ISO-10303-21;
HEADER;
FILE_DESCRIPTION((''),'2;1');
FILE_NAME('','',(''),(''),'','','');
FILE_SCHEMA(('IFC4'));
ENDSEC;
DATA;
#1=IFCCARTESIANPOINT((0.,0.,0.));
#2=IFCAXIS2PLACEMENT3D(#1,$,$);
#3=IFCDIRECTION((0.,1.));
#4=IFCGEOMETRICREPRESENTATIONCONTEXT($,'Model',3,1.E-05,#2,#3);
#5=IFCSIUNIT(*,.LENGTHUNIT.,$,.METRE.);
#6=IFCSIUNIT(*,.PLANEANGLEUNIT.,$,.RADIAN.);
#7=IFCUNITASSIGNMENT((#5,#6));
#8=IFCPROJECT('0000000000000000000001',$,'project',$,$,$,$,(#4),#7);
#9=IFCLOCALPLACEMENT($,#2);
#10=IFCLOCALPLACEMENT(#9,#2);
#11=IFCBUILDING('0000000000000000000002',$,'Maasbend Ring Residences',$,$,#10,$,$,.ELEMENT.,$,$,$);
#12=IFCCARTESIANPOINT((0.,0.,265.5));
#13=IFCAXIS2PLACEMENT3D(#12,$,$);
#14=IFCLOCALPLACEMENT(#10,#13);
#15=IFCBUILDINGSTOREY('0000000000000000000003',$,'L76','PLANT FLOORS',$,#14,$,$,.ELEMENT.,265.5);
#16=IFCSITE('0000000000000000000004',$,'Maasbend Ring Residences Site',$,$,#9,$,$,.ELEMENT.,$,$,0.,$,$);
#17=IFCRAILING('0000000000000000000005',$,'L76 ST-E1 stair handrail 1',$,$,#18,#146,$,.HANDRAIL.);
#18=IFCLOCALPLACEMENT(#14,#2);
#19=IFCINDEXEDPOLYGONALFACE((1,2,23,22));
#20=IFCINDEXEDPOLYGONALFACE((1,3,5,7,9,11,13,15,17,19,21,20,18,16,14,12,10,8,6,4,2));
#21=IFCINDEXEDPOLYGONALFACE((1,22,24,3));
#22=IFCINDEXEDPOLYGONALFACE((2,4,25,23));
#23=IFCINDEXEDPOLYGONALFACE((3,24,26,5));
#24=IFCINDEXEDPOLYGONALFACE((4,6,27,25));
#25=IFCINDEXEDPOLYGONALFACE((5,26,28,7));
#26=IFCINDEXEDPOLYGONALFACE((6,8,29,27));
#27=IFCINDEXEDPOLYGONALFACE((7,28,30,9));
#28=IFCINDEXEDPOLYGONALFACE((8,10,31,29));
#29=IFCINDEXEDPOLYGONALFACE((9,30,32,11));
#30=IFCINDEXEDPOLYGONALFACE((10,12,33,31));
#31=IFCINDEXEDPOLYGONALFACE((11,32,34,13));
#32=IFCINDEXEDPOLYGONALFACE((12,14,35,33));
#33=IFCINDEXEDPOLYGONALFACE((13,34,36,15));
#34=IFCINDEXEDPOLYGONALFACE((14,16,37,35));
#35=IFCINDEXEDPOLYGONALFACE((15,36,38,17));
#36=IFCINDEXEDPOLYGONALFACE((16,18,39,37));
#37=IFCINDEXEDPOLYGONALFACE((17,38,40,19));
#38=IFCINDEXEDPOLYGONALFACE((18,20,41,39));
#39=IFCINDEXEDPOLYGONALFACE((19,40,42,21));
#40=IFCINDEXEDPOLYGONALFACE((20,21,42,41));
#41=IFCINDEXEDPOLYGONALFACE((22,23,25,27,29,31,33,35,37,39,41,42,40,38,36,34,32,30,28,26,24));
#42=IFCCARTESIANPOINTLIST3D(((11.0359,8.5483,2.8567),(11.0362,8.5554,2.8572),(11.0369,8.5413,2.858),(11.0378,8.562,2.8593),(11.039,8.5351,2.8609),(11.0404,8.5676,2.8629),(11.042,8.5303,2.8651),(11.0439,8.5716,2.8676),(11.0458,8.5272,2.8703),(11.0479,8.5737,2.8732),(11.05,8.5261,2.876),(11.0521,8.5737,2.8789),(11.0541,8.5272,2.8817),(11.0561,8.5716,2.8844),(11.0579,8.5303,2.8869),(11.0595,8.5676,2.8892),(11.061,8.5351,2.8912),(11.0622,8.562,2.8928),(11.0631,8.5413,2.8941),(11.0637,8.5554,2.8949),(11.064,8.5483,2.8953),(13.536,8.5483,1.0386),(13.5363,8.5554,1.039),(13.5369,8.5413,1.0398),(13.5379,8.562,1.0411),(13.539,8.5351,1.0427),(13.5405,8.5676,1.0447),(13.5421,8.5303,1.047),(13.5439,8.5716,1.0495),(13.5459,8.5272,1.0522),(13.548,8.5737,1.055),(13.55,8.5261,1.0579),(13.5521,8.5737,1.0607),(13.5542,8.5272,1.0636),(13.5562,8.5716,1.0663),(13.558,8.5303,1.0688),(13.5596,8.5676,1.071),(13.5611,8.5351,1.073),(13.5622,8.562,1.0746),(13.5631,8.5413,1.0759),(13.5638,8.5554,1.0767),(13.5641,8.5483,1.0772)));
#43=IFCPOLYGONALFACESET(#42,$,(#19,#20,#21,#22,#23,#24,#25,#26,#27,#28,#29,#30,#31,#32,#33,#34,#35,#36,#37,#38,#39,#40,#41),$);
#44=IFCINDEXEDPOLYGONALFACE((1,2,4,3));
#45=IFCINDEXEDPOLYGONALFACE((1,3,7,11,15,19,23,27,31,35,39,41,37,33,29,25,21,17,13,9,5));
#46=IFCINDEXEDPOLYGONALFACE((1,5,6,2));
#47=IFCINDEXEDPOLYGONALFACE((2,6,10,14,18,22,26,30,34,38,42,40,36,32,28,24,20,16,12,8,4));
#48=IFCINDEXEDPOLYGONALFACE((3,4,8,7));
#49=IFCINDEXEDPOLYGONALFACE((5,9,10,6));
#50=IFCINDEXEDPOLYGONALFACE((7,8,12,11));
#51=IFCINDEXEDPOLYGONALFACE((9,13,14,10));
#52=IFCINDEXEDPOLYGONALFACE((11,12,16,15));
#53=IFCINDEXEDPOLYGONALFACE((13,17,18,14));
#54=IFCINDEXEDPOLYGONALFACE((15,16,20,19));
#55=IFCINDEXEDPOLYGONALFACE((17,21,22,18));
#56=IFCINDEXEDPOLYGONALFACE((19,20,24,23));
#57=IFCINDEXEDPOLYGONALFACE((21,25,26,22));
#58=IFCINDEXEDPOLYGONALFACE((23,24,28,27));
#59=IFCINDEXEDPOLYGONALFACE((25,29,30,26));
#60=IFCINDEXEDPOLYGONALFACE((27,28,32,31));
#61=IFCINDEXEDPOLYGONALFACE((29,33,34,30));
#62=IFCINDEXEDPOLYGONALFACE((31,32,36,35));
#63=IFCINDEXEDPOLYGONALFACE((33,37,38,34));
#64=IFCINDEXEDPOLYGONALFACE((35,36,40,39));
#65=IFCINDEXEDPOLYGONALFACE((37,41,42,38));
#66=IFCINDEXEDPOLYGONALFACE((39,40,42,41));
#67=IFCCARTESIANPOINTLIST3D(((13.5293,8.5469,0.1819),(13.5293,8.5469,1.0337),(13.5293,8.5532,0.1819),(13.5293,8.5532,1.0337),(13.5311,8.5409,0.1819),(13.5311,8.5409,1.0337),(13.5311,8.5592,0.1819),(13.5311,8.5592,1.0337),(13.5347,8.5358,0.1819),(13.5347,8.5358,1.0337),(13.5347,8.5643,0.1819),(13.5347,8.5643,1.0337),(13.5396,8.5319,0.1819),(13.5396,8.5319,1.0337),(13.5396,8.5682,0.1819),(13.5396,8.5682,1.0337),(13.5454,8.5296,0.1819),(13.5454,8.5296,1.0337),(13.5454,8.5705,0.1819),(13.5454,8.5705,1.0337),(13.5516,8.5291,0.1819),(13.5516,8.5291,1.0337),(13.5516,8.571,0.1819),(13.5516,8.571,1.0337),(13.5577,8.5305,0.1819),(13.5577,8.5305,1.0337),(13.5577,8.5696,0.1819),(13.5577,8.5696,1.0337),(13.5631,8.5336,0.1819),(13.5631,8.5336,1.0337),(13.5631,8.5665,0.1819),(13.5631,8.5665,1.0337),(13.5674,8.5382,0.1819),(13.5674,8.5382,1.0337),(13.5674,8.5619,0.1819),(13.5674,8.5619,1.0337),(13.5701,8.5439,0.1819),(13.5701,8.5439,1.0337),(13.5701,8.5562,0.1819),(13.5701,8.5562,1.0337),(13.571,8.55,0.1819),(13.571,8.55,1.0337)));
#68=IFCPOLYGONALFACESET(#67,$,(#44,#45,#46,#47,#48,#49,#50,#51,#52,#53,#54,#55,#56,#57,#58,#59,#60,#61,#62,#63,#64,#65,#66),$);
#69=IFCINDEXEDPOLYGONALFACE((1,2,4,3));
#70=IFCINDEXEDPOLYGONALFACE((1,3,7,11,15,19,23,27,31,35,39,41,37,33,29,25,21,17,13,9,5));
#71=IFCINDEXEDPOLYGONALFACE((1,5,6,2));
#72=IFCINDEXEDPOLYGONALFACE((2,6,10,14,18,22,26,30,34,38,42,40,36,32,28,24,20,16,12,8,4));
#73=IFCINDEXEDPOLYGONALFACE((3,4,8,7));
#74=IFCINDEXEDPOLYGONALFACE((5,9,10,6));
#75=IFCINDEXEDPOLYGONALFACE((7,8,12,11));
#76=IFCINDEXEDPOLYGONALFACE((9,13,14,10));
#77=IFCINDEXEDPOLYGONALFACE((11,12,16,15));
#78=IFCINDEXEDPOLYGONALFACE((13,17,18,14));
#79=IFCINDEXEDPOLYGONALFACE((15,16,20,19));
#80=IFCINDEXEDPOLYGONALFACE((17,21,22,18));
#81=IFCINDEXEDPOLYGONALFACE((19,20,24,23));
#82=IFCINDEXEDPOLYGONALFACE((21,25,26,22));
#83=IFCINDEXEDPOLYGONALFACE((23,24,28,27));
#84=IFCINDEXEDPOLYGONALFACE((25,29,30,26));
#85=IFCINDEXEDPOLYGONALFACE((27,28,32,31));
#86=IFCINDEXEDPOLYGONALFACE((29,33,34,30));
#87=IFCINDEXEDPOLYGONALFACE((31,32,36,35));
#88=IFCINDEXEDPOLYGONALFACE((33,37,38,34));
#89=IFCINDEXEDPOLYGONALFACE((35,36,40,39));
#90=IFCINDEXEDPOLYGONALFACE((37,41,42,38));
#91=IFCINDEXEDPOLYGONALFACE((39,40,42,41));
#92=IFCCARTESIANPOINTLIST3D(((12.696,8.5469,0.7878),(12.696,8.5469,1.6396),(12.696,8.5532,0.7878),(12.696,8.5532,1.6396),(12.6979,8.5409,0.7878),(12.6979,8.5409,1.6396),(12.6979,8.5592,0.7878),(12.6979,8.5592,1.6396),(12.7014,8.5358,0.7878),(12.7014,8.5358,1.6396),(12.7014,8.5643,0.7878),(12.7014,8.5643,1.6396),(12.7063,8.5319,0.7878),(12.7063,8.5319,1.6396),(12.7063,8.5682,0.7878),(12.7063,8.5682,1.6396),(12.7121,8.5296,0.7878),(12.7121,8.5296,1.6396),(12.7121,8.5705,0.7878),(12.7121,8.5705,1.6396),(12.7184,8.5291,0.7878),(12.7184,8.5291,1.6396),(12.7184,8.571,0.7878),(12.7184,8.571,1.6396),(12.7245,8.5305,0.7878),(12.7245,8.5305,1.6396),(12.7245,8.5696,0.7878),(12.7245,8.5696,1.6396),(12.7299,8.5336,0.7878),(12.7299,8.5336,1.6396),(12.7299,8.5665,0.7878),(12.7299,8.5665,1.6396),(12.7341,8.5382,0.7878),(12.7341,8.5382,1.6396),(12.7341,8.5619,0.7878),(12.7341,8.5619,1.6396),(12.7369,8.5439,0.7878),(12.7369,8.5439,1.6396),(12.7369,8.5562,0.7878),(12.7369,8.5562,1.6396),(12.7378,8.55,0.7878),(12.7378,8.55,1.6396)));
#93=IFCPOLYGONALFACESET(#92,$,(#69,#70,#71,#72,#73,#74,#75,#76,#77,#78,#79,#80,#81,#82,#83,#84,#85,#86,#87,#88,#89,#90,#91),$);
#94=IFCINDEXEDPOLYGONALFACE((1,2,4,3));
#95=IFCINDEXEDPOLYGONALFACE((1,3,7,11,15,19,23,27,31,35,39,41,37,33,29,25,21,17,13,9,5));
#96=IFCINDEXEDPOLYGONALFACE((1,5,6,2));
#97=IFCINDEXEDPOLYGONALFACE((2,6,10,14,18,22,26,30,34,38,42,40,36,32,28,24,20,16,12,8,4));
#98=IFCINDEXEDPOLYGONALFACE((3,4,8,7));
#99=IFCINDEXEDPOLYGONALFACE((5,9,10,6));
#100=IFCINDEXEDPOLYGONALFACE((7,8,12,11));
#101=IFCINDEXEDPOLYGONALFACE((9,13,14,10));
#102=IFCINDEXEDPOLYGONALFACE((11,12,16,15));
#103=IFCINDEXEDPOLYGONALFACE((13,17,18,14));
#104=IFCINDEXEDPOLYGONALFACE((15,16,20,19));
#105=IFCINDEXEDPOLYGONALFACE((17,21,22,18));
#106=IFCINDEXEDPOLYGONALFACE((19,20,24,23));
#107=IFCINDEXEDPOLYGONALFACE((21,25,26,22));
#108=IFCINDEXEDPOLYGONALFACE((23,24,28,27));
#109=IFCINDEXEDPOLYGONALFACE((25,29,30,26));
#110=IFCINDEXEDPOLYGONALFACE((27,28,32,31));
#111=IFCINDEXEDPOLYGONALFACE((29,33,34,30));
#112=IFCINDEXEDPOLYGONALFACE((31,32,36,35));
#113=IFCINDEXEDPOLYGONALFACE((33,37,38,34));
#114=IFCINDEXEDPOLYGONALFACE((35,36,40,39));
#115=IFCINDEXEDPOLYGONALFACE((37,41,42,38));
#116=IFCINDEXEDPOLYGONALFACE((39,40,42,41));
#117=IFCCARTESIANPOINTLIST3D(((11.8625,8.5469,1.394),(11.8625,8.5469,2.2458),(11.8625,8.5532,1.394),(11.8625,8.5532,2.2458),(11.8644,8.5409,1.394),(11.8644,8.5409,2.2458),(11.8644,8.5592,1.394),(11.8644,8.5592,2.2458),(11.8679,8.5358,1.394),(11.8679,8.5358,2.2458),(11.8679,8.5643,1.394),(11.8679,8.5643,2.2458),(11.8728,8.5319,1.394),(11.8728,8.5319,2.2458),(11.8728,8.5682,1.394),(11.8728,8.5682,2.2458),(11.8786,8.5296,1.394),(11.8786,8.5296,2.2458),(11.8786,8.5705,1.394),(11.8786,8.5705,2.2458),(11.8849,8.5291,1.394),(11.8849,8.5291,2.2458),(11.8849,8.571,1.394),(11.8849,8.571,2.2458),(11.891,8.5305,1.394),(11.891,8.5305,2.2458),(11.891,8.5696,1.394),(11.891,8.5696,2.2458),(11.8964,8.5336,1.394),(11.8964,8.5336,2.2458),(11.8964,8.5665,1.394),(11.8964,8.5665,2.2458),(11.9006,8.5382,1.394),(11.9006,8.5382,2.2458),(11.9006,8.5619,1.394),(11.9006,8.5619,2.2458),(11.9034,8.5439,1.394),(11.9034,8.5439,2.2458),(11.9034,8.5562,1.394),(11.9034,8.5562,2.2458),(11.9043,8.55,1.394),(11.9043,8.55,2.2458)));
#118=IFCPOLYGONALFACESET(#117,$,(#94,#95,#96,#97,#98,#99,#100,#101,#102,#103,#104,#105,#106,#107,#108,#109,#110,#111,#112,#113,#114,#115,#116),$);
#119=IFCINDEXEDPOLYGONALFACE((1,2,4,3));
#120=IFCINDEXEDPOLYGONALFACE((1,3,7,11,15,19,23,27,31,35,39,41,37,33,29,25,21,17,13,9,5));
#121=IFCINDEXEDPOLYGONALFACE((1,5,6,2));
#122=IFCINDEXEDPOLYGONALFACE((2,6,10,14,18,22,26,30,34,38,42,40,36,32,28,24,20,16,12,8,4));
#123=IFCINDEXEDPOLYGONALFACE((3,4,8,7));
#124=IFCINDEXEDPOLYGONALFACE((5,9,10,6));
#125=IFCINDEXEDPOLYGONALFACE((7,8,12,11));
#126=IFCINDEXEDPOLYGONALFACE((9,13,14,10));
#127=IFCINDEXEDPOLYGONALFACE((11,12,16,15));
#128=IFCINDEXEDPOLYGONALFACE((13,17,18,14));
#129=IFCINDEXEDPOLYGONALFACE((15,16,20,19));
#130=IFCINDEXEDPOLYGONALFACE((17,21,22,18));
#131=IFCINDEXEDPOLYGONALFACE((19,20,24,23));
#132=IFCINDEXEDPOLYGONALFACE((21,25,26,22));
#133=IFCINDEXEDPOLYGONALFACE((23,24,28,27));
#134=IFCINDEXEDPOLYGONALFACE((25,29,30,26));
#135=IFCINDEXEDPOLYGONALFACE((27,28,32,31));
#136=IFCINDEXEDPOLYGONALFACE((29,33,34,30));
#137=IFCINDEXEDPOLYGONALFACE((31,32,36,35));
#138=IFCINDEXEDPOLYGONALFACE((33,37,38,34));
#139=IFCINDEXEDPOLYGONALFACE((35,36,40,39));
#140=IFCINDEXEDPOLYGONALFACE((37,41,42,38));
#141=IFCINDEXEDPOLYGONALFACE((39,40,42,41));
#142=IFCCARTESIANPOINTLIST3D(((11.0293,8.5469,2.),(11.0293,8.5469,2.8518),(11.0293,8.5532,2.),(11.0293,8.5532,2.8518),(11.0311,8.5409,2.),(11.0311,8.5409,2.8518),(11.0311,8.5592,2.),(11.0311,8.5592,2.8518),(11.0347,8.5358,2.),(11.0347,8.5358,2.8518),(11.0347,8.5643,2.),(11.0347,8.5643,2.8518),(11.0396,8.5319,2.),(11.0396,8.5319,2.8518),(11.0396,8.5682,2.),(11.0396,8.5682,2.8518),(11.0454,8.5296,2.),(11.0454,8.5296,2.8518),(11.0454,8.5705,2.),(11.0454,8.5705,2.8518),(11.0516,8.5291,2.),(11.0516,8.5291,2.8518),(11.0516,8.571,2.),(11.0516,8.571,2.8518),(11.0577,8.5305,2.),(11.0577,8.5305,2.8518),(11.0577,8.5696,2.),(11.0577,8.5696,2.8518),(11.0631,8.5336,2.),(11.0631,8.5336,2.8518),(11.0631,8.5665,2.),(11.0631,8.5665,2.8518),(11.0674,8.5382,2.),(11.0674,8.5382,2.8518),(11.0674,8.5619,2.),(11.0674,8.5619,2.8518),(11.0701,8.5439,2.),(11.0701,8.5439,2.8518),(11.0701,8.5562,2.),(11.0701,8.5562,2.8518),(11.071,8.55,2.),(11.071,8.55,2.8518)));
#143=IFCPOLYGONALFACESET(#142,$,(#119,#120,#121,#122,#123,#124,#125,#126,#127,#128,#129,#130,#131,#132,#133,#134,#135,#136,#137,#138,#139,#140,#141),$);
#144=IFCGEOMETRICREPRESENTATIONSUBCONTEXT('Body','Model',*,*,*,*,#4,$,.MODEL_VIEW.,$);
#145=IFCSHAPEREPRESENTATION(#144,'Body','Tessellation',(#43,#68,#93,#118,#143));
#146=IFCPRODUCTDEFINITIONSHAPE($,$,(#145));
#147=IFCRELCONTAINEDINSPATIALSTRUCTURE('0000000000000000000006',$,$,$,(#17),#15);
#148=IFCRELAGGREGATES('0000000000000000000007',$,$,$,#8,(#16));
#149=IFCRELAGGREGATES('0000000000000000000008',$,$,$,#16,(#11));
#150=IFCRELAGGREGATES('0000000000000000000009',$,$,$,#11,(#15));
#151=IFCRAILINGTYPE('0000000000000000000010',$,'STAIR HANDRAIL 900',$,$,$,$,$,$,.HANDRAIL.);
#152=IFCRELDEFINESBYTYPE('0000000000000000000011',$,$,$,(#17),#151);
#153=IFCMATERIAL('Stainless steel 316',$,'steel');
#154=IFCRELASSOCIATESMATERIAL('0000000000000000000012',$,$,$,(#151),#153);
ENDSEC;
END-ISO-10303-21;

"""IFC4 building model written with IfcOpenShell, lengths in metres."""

from ifc_helpers import new_model, si_unit, direction, frame, origin, origin_2d, place, context, subcontext, project, spatial, circle, extrude, material, type_object, element, save


model = new_model("IFC4")

# Units and contexts
model_context = context("Model", 3, precision=1e-05, world=origin(), true_north=direction((0.0, 1.0)))
body_context = subcontext(model_context, "Body", "Model", "MODEL_VIEW")
ifc_project = project(units=[si_unit("LENGTHUNIT", "METRE"), si_unit("PLANEANGLEUNIT", "RADIAN")], contexts=[model_context])

# Site, building, storey
site_placement = place(None, origin())
site = spatial("IfcSite", under=ifc_project, at=site_placement, Name="Maasbend Ring Residences Site", CompositionType="ELEMENT", RefElevation=0.0)
building_placement = place(site_placement, origin())
building = spatial("IfcBuilding", under=site, at=building_placement, Name="Maasbend Ring Residences", CompositionType="ELEMENT")
storey_placement = place(building_placement, frame((0.0, 0.0, 265.5)))
storey = spatial("IfcBuildingStorey", under=building, at=storey_placement, Name="L76", Description="PLANT FLOORS", CompositionType="ELEMENT", Elevation=265.5)

# Railing
ifc_material_1 = material(Name="Stainless steel 316", Category="steel")
railing_type_1 = type_object("IfcRailingType", Name="STAIR HANDRAIL 900", PredefinedType="HANDRAIL", material=ifc_material_1)
railing_1_placement = place(storey_placement, frame((13.55, 8.55, 0.1819)))
element("IfcRailing", 1, at=railing_1_placement, inside=storey, type_object=railing_type_1, Name="L76 ST-E1 stair handrail 1", PredefinedType="HANDRAIL", context=body_context, shape_type="SweptSolid", body=[
    extrude(circle(Radius=0.0239, at=origin_2d()), frame((0.0, 0.0, 0.876), z_axis=(-0.808746, 0.0, 0.588158), x_axis=(0.0, -1.0, 0.0)), (0.0, 0.0, 1.0), 3.0913),
    extrude(circle(Radius=0.021, at=origin_2d()), origin(), (0.0, 0.0, 1.0), 0.8518),
    extrude(circle(Radius=0.021, at=origin_2d()), frame((-0.8333, 0.0, 0.606)), (0.0, 0.0, 1.0), 0.8518),
    extrude(circle(Radius=0.021, at=origin_2d()), frame((-1.6667, 0.0, 1.2122)), (0.0, 0.0, 1.0), 0.8518),
    extrude(circle(Radius=0.021, at=origin_2d()), frame((-2.5, 0.0, 1.8181)), (0.0, 0.0, 1.0), 0.8518),
])

save(model, "model.ifc")
